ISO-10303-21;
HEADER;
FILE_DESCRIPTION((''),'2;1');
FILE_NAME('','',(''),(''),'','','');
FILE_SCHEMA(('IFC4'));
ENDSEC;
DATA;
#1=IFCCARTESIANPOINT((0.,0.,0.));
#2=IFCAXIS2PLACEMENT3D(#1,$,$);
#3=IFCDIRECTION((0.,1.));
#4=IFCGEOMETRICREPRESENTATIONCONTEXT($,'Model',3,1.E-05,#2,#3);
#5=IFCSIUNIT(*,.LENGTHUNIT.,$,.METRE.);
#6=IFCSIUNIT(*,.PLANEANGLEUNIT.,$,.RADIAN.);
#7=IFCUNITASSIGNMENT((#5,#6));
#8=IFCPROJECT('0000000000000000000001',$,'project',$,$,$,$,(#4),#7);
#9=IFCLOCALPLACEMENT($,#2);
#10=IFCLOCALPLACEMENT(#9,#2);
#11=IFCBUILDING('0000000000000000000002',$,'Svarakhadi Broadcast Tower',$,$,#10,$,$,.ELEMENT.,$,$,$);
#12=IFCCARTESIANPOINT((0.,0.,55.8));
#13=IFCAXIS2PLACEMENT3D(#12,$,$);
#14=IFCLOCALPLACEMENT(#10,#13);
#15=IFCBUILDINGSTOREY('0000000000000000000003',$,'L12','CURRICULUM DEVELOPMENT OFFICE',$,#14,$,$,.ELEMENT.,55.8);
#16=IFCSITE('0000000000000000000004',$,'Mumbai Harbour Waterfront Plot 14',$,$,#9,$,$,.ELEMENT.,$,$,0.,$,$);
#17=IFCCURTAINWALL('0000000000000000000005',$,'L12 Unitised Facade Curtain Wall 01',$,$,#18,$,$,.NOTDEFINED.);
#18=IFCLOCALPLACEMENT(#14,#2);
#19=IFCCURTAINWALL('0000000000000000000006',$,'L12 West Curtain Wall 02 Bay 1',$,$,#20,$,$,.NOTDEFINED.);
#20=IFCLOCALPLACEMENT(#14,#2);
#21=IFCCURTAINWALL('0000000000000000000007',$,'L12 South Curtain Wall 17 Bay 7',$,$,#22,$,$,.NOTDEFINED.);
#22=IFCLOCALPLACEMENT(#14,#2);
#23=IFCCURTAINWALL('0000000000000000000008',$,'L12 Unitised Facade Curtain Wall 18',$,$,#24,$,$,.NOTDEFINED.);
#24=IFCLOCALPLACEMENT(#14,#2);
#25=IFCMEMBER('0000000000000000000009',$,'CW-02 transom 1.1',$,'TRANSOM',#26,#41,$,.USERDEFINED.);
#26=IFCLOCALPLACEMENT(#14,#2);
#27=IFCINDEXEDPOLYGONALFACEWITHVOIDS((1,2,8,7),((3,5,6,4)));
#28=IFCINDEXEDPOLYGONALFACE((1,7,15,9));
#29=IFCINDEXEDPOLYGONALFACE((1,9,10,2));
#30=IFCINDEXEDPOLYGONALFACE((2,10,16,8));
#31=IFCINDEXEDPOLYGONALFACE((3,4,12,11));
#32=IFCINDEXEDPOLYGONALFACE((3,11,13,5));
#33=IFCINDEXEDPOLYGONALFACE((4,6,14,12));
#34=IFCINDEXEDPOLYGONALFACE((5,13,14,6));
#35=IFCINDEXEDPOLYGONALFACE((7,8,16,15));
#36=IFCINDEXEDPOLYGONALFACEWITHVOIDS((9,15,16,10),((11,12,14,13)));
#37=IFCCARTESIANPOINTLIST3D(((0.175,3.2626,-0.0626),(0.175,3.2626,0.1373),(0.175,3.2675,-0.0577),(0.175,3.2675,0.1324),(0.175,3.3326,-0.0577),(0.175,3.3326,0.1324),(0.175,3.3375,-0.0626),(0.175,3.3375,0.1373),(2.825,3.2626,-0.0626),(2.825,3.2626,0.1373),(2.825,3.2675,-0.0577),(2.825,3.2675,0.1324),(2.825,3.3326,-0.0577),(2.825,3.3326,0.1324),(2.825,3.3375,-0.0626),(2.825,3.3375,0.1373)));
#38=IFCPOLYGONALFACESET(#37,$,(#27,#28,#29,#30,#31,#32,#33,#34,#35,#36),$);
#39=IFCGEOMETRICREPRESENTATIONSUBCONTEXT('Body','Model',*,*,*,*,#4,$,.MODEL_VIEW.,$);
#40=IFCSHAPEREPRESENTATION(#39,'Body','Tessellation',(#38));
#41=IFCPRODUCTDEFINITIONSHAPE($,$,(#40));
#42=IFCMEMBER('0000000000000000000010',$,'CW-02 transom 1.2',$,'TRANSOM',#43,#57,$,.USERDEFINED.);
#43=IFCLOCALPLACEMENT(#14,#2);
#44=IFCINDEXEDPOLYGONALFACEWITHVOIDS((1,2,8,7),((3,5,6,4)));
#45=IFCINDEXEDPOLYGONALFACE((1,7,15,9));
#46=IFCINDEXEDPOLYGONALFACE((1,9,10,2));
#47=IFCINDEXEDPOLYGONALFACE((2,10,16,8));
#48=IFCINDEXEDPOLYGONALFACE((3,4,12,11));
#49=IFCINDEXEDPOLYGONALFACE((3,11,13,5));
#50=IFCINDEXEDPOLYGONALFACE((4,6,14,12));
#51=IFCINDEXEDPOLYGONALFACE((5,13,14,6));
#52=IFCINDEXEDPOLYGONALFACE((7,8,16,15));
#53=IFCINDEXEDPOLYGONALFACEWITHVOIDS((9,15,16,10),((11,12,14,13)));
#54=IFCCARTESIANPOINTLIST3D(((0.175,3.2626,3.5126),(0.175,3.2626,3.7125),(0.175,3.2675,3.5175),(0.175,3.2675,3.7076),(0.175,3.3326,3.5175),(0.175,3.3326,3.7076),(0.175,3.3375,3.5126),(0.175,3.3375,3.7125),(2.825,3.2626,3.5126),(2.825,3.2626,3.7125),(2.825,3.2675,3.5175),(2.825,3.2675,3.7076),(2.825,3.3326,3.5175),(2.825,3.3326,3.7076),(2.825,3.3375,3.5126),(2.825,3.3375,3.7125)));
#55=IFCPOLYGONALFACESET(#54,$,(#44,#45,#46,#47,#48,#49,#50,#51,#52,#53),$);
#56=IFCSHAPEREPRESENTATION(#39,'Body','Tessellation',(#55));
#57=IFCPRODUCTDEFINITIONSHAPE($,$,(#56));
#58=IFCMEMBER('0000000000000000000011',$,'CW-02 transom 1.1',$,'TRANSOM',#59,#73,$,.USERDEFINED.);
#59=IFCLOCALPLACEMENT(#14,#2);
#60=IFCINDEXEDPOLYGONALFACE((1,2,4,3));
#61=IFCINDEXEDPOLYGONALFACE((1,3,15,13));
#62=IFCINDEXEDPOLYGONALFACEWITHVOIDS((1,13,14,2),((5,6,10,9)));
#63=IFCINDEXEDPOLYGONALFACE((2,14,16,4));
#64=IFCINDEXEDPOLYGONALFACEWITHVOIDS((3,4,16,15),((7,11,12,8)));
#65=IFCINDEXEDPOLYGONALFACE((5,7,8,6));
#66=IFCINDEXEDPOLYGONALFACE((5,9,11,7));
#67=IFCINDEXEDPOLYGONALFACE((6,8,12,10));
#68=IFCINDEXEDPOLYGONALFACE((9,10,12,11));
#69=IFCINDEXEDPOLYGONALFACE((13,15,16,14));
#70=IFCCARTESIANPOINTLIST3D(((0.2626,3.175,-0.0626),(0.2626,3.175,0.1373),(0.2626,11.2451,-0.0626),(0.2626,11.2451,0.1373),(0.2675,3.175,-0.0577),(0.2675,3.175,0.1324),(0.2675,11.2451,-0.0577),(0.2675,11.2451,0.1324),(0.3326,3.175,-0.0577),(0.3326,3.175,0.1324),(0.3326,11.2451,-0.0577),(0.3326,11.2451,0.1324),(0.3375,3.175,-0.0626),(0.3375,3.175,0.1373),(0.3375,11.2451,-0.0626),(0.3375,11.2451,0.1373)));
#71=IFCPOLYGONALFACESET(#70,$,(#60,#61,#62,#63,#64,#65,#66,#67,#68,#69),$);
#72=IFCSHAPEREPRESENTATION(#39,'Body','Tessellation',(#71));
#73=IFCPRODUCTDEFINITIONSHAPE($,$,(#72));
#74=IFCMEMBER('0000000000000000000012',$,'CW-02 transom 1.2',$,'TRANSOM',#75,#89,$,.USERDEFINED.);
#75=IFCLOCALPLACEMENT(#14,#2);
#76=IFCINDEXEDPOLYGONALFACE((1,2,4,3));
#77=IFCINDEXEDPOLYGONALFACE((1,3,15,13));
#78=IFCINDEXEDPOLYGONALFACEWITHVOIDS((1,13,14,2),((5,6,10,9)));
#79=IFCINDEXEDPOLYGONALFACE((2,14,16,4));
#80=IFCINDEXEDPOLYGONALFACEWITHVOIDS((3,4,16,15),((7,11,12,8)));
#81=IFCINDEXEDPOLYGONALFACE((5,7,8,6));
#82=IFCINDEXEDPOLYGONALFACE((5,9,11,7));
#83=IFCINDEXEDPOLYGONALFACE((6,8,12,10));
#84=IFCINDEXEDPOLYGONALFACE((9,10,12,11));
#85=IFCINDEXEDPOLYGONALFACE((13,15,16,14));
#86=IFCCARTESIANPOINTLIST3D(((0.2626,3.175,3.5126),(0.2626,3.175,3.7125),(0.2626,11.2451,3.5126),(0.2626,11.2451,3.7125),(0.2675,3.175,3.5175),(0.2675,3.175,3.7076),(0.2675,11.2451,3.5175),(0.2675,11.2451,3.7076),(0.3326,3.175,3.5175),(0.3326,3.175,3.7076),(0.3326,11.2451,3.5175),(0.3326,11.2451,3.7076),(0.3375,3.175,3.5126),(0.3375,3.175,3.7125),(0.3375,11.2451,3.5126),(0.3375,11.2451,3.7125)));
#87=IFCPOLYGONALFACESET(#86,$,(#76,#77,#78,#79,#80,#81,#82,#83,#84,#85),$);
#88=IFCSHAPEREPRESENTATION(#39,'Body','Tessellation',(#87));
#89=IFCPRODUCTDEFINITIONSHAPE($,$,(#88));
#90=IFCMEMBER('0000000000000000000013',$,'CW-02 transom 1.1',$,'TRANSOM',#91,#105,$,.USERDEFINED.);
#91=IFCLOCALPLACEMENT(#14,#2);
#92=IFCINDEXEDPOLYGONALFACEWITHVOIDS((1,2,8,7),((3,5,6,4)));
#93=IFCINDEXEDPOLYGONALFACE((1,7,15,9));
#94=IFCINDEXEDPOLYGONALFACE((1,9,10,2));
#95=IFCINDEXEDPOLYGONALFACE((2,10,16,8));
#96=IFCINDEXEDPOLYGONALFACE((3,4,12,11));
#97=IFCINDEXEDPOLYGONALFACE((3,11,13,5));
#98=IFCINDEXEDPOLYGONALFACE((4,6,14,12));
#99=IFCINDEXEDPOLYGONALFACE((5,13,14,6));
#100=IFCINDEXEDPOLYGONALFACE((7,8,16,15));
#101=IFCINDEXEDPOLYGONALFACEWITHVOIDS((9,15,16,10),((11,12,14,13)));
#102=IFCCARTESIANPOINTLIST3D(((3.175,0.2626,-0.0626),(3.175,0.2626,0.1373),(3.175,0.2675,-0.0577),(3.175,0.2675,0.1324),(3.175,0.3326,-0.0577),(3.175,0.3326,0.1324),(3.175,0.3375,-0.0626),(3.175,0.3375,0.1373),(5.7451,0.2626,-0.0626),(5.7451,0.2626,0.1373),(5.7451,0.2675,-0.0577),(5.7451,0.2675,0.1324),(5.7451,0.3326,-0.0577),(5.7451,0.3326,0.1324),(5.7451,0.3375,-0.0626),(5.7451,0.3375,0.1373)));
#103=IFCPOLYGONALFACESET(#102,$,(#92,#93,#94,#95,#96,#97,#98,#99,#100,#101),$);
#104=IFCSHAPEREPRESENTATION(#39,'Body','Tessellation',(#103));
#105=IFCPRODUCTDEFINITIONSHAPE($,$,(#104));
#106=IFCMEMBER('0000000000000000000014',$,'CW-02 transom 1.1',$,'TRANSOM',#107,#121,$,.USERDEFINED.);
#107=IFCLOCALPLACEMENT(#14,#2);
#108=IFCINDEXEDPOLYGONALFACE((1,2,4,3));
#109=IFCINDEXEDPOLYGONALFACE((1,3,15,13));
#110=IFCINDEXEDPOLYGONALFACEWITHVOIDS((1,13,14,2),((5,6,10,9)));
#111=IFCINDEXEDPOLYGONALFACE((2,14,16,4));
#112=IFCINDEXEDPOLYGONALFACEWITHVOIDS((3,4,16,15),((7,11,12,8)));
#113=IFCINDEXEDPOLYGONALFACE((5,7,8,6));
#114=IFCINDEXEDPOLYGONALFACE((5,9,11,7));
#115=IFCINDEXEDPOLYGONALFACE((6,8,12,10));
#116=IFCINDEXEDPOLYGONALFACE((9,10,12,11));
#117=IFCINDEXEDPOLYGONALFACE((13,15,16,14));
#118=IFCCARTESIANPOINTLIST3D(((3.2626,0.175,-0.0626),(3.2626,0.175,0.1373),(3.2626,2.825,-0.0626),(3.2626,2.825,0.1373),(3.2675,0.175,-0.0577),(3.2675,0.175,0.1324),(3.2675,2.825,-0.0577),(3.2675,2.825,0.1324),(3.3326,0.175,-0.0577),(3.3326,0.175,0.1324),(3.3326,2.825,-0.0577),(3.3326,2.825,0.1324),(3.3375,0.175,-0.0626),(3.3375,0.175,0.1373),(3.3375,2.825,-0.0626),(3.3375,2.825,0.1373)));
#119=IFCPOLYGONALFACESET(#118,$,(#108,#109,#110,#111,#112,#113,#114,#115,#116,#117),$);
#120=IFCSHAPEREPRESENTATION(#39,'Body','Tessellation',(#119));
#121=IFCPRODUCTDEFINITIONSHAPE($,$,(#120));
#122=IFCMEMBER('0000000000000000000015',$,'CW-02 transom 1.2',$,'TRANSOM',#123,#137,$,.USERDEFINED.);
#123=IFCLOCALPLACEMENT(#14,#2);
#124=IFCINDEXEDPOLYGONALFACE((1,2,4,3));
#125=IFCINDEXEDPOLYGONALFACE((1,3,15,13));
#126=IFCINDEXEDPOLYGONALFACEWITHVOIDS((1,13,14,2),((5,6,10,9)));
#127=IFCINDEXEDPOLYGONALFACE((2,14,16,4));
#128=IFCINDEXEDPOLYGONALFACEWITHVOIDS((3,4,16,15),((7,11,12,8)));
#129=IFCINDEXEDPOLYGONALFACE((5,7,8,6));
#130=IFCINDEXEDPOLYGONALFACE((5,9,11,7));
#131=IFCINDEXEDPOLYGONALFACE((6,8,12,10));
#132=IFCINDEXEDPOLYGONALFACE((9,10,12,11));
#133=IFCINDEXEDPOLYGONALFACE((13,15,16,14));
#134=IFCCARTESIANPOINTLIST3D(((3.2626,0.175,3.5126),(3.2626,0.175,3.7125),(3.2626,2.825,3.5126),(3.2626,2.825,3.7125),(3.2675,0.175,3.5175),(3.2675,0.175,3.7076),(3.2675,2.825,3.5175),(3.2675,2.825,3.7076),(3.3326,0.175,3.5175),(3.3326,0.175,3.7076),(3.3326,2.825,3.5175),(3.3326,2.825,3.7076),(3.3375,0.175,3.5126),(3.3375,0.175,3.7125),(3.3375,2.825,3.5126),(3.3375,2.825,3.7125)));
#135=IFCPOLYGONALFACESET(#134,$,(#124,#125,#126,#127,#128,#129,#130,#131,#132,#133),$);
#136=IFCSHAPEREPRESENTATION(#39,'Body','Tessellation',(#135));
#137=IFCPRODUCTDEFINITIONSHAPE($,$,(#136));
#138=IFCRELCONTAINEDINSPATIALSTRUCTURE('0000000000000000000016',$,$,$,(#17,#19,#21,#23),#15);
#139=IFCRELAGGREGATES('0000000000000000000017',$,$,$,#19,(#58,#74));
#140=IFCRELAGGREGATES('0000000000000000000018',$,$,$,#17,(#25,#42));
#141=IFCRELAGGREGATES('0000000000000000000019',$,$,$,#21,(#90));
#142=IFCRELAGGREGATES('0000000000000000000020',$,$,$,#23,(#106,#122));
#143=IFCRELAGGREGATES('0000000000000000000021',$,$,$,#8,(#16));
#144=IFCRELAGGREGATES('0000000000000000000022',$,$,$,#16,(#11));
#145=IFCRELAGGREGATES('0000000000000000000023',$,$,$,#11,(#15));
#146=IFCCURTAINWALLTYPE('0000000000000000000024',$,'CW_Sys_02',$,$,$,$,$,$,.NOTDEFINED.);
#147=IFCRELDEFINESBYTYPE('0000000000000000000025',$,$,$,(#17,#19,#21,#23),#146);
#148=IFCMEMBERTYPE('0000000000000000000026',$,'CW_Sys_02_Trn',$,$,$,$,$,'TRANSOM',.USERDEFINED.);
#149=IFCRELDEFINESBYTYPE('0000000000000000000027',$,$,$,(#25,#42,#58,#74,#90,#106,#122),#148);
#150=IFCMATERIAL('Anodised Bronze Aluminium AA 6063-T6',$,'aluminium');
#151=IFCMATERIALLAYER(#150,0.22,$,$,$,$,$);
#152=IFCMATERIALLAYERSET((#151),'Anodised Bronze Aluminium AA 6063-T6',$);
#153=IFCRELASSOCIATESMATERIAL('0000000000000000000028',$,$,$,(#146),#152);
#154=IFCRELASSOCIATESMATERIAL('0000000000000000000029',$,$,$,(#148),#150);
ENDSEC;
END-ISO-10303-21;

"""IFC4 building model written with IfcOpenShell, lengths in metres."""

from ifc_helpers import new_model, si_unit, direction, frame, origin, origin_2d, place, context, subcontext, project, spatial, hollow_rectangle, extrude, material, layer, layer_set, material_profile, profile_set, type_object, element, aggregate, save


model = new_model("IFC4")

# Units and contexts
model_context = context("Model", 3, precision=1e-05, world=origin(), true_north=direction((0.0, 1.0)))
body_context = subcontext(model_context, "Body", "Model", "MODEL_VIEW")
ifc_project = project(units=[si_unit("LENGTHUNIT", "METRE"), si_unit("PLANEANGLEUNIT", "RADIAN")], contexts=[model_context])

# Site, building, storey
site_placement = place(None, origin())
site = spatial("IfcSite", under=ifc_project, at=site_placement, Name="Mumbai Harbour Waterfront Plot 14", CompositionType="ELEMENT", RefElevation=0.0)
building_placement = place(site_placement, origin())
building = spatial("IfcBuilding", under=site, at=building_placement, Name="Svarakhadi Broadcast Tower", CompositionType="ELEMENT")
storey_placement = place(building_placement, frame((0.0, 0.0, 55.8)))
storey = spatial("IfcBuildingStorey", under=building, at=storey_placement, Name="L12", Description="CURRICULUM DEVELOPMENT OFFICE", CompositionType="ELEMENT", Elevation=55.8)

# Curtain wall
ifc_material_1 = material(Name="Anodised Bronze Aluminium AA 6063-T6", Category="aluminium")
ifc_layer_1 = layer(ifc_material_1, 0.22)
ifc_layer_set_1 = layer_set([ifc_layer_1], Name="Anodised Bronze Aluminium AA 6063-T6")
curtain_wall_type = type_object("IfcCurtainWallType", Name="CW_Sys_02", PredefinedType="NOTDEFINED", material=ifc_layer_set_1)
curtain_wall_1_placement = place(storey_placement, origin())
curtain_wall_1 = element("IfcCurtainWall", 1, at=curtain_wall_1_placement, inside=storey, type_object=curtain_wall_type, Name="L12 Unitised Facade Curtain Wall 01", PredefinedType="NOTDEFINED")

# Curtain walls
curtain_wall_2_placement = place(storey_placement, origin())
curtain_wall_2 = element("IfcCurtainWall", 2, at=curtain_wall_2_placement, inside=storey, type_object=curtain_wall_type, Name="L12 West Curtain Wall 02 Bay 1", PredefinedType="NOTDEFINED")
curtain_wall_3_placement = place(storey_placement, origin())
curtain_wall_3 = element("IfcCurtainWall", 3, at=curtain_wall_3_placement, inside=storey, type_object=curtain_wall_type, Name="L12 South Curtain Wall 17 Bay 7", PredefinedType="NOTDEFINED")

# Curtain wall
curtain_wall_4_placement = place(storey_placement, origin())
curtain_wall_4 = element("IfcCurtainWall", 4, at=curtain_wall_4_placement, inside=storey, type_object=curtain_wall_type, Name="L12 Unitised Facade Curtain Wall 18", PredefinedType="NOTDEFINED")

# Members
ifc_material_profile_1 = material_profile(ifc_material_1, hollow_rectangle(XDim=0.075, YDim=0.2, WallThickness=0.0049, at=origin_2d()), Name="ALU TRANSOM 200x75x5")
ifc_profile_set_1 = profile_set([ifc_material_profile_1], Name="Anodised Bronze Aluminium AA 6063-T6")
member_type_1 = type_object("IfcMemberType", Name="CW_Sys_02_Trn", ElementType="TRANSOM", PredefinedType="USERDEFINED", material=ifc_profile_set_1)
member_1_placement = place(storey_placement, frame((2.825, 3.3, 0.0374), z_axis=(-1.0, 0.0, 0.0), x_axis=(0.0, -1.0, 0.0)))
member_1 = element("IfcMember", 5, at=member_1_placement, type_object=member_type_1, Name="CW-02 transom 1.1", ObjectType="TRANSOM", PredefinedType="USERDEFINED", context=body_context, shape_type="SweptSolid", body=[
    extrude(hollow_rectangle(XDim=0.075, YDim=0.2, WallThickness=0.0049, at=origin_2d()), origin(), (0.0, 0.0, 1.0), 2.6499),
])
member_2_placement = place(storey_placement, frame((2.825, 3.3, 3.6125), z_axis=(-1.0, 0.0, 0.0), x_axis=(0.0, -1.0, 0.0)))
member_2 = element("IfcMember", 6, at=member_2_placement, type_object=member_type_1, Name="CW-02 transom 1.2", ObjectType="TRANSOM", PredefinedType="USERDEFINED", context=body_context, shape_type="SweptSolid", body=[
    extrude(hollow_rectangle(XDim=0.075, YDim=0.2, WallThickness=0.0049, at=origin_2d()), origin(), (0.0, 0.0, 1.0), 2.6499),
])
member_3_placement = place(storey_placement, frame((0.3, 3.175, 0.0374), z_axis=(0.0, 1.0, 0.0), x_axis=(-1.0, 0.0, 0.0)))
member_3 = element("IfcMember", 7, at=member_3_placement, type_object=member_type_1, Name="CW-02 transom 1.1", ObjectType="TRANSOM", PredefinedType="USERDEFINED", context=body_context, shape_type="SweptSolid", body=[
    extrude(hollow_rectangle(XDim=0.075, YDim=0.2, WallThickness=0.0049, at=origin_2d()), origin(), (0.0, 0.0, 1.0), 8.0701),
])
member_4_placement = place(storey_placement, frame((0.3, 3.175, 3.6125), z_axis=(0.0, 1.0, 0.0), x_axis=(-1.0, 0.0, 0.0)))
member_4 = element("IfcMember", 8, at=member_4_placement, type_object=member_type_1, Name="CW-02 transom 1.2", ObjectType="TRANSOM", PredefinedType="USERDEFINED", context=body_context, shape_type="SweptSolid", body=[
    extrude(hollow_rectangle(XDim=0.075, YDim=0.2, WallThickness=0.0049, at=origin_2d()), origin(), (0.0, 0.0, 1.0), 8.0701),
])
aggregate(curtain_wall_2, [member_3, member_4])
member_5_placement = place(storey_placement, frame((5.7451, 0.3, 0.0374), z_axis=(-1.0, 0.0, 0.0), x_axis=(0.0, -1.0, 0.0)))
member_5 = element("IfcMember", 9, at=member_5_placement, type_object=member_type_1, Name="CW-02 transom 1.1", ObjectType="TRANSOM", PredefinedType="USERDEFINED", context=body_context, shape_type="SweptSolid", body=[
    extrude(hollow_rectangle(XDim=0.075, YDim=0.2, WallThickness=0.0049, at=origin_2d()), origin(), (0.0, 0.0, 1.0), 2.5701),
])
member_6_placement = place(storey_placement, frame((3.3, 0.175, 0.0374), z_axis=(0.0, 1.0, 0.0), x_axis=(-1.0, 0.0, 0.0)))
member_6 = element("IfcMember", 10, at=member_6_placement, type_object=member_type_1, Name="CW-02 transom 1.1", ObjectType="TRANSOM", PredefinedType="USERDEFINED", context=body_context, shape_type="SweptSolid", body=[
    extrude(hollow_rectangle(XDim=0.075, YDim=0.2, WallThickness=0.0049, at=origin_2d()), origin(), (0.0, 0.0, 1.0), 2.6499),
])
member_7_placement = place(storey_placement, frame((3.3, 0.175, 3.6125), z_axis=(0.0, 1.0, 0.0), x_axis=(-1.0, 0.0, 0.0)))
member_7 = element("IfcMember", 11, at=member_7_placement, type_object=member_type_1, Name="CW-02 transom 1.2", ObjectType="TRANSOM", PredefinedType="USERDEFINED", context=body_context, shape_type="SweptSolid", body=[
    extrude(hollow_rectangle(XDim=0.075, YDim=0.2, WallThickness=0.0049, at=origin_2d()), origin(), (0.0, 0.0, 1.0), 2.6499),
])

aggregate(curtain_wall_1, [member_1, member_2])
aggregate(curtain_wall_3, [member_5])
aggregate(curtain_wall_4, [member_6, member_7])

save(model, "model.ifc")
